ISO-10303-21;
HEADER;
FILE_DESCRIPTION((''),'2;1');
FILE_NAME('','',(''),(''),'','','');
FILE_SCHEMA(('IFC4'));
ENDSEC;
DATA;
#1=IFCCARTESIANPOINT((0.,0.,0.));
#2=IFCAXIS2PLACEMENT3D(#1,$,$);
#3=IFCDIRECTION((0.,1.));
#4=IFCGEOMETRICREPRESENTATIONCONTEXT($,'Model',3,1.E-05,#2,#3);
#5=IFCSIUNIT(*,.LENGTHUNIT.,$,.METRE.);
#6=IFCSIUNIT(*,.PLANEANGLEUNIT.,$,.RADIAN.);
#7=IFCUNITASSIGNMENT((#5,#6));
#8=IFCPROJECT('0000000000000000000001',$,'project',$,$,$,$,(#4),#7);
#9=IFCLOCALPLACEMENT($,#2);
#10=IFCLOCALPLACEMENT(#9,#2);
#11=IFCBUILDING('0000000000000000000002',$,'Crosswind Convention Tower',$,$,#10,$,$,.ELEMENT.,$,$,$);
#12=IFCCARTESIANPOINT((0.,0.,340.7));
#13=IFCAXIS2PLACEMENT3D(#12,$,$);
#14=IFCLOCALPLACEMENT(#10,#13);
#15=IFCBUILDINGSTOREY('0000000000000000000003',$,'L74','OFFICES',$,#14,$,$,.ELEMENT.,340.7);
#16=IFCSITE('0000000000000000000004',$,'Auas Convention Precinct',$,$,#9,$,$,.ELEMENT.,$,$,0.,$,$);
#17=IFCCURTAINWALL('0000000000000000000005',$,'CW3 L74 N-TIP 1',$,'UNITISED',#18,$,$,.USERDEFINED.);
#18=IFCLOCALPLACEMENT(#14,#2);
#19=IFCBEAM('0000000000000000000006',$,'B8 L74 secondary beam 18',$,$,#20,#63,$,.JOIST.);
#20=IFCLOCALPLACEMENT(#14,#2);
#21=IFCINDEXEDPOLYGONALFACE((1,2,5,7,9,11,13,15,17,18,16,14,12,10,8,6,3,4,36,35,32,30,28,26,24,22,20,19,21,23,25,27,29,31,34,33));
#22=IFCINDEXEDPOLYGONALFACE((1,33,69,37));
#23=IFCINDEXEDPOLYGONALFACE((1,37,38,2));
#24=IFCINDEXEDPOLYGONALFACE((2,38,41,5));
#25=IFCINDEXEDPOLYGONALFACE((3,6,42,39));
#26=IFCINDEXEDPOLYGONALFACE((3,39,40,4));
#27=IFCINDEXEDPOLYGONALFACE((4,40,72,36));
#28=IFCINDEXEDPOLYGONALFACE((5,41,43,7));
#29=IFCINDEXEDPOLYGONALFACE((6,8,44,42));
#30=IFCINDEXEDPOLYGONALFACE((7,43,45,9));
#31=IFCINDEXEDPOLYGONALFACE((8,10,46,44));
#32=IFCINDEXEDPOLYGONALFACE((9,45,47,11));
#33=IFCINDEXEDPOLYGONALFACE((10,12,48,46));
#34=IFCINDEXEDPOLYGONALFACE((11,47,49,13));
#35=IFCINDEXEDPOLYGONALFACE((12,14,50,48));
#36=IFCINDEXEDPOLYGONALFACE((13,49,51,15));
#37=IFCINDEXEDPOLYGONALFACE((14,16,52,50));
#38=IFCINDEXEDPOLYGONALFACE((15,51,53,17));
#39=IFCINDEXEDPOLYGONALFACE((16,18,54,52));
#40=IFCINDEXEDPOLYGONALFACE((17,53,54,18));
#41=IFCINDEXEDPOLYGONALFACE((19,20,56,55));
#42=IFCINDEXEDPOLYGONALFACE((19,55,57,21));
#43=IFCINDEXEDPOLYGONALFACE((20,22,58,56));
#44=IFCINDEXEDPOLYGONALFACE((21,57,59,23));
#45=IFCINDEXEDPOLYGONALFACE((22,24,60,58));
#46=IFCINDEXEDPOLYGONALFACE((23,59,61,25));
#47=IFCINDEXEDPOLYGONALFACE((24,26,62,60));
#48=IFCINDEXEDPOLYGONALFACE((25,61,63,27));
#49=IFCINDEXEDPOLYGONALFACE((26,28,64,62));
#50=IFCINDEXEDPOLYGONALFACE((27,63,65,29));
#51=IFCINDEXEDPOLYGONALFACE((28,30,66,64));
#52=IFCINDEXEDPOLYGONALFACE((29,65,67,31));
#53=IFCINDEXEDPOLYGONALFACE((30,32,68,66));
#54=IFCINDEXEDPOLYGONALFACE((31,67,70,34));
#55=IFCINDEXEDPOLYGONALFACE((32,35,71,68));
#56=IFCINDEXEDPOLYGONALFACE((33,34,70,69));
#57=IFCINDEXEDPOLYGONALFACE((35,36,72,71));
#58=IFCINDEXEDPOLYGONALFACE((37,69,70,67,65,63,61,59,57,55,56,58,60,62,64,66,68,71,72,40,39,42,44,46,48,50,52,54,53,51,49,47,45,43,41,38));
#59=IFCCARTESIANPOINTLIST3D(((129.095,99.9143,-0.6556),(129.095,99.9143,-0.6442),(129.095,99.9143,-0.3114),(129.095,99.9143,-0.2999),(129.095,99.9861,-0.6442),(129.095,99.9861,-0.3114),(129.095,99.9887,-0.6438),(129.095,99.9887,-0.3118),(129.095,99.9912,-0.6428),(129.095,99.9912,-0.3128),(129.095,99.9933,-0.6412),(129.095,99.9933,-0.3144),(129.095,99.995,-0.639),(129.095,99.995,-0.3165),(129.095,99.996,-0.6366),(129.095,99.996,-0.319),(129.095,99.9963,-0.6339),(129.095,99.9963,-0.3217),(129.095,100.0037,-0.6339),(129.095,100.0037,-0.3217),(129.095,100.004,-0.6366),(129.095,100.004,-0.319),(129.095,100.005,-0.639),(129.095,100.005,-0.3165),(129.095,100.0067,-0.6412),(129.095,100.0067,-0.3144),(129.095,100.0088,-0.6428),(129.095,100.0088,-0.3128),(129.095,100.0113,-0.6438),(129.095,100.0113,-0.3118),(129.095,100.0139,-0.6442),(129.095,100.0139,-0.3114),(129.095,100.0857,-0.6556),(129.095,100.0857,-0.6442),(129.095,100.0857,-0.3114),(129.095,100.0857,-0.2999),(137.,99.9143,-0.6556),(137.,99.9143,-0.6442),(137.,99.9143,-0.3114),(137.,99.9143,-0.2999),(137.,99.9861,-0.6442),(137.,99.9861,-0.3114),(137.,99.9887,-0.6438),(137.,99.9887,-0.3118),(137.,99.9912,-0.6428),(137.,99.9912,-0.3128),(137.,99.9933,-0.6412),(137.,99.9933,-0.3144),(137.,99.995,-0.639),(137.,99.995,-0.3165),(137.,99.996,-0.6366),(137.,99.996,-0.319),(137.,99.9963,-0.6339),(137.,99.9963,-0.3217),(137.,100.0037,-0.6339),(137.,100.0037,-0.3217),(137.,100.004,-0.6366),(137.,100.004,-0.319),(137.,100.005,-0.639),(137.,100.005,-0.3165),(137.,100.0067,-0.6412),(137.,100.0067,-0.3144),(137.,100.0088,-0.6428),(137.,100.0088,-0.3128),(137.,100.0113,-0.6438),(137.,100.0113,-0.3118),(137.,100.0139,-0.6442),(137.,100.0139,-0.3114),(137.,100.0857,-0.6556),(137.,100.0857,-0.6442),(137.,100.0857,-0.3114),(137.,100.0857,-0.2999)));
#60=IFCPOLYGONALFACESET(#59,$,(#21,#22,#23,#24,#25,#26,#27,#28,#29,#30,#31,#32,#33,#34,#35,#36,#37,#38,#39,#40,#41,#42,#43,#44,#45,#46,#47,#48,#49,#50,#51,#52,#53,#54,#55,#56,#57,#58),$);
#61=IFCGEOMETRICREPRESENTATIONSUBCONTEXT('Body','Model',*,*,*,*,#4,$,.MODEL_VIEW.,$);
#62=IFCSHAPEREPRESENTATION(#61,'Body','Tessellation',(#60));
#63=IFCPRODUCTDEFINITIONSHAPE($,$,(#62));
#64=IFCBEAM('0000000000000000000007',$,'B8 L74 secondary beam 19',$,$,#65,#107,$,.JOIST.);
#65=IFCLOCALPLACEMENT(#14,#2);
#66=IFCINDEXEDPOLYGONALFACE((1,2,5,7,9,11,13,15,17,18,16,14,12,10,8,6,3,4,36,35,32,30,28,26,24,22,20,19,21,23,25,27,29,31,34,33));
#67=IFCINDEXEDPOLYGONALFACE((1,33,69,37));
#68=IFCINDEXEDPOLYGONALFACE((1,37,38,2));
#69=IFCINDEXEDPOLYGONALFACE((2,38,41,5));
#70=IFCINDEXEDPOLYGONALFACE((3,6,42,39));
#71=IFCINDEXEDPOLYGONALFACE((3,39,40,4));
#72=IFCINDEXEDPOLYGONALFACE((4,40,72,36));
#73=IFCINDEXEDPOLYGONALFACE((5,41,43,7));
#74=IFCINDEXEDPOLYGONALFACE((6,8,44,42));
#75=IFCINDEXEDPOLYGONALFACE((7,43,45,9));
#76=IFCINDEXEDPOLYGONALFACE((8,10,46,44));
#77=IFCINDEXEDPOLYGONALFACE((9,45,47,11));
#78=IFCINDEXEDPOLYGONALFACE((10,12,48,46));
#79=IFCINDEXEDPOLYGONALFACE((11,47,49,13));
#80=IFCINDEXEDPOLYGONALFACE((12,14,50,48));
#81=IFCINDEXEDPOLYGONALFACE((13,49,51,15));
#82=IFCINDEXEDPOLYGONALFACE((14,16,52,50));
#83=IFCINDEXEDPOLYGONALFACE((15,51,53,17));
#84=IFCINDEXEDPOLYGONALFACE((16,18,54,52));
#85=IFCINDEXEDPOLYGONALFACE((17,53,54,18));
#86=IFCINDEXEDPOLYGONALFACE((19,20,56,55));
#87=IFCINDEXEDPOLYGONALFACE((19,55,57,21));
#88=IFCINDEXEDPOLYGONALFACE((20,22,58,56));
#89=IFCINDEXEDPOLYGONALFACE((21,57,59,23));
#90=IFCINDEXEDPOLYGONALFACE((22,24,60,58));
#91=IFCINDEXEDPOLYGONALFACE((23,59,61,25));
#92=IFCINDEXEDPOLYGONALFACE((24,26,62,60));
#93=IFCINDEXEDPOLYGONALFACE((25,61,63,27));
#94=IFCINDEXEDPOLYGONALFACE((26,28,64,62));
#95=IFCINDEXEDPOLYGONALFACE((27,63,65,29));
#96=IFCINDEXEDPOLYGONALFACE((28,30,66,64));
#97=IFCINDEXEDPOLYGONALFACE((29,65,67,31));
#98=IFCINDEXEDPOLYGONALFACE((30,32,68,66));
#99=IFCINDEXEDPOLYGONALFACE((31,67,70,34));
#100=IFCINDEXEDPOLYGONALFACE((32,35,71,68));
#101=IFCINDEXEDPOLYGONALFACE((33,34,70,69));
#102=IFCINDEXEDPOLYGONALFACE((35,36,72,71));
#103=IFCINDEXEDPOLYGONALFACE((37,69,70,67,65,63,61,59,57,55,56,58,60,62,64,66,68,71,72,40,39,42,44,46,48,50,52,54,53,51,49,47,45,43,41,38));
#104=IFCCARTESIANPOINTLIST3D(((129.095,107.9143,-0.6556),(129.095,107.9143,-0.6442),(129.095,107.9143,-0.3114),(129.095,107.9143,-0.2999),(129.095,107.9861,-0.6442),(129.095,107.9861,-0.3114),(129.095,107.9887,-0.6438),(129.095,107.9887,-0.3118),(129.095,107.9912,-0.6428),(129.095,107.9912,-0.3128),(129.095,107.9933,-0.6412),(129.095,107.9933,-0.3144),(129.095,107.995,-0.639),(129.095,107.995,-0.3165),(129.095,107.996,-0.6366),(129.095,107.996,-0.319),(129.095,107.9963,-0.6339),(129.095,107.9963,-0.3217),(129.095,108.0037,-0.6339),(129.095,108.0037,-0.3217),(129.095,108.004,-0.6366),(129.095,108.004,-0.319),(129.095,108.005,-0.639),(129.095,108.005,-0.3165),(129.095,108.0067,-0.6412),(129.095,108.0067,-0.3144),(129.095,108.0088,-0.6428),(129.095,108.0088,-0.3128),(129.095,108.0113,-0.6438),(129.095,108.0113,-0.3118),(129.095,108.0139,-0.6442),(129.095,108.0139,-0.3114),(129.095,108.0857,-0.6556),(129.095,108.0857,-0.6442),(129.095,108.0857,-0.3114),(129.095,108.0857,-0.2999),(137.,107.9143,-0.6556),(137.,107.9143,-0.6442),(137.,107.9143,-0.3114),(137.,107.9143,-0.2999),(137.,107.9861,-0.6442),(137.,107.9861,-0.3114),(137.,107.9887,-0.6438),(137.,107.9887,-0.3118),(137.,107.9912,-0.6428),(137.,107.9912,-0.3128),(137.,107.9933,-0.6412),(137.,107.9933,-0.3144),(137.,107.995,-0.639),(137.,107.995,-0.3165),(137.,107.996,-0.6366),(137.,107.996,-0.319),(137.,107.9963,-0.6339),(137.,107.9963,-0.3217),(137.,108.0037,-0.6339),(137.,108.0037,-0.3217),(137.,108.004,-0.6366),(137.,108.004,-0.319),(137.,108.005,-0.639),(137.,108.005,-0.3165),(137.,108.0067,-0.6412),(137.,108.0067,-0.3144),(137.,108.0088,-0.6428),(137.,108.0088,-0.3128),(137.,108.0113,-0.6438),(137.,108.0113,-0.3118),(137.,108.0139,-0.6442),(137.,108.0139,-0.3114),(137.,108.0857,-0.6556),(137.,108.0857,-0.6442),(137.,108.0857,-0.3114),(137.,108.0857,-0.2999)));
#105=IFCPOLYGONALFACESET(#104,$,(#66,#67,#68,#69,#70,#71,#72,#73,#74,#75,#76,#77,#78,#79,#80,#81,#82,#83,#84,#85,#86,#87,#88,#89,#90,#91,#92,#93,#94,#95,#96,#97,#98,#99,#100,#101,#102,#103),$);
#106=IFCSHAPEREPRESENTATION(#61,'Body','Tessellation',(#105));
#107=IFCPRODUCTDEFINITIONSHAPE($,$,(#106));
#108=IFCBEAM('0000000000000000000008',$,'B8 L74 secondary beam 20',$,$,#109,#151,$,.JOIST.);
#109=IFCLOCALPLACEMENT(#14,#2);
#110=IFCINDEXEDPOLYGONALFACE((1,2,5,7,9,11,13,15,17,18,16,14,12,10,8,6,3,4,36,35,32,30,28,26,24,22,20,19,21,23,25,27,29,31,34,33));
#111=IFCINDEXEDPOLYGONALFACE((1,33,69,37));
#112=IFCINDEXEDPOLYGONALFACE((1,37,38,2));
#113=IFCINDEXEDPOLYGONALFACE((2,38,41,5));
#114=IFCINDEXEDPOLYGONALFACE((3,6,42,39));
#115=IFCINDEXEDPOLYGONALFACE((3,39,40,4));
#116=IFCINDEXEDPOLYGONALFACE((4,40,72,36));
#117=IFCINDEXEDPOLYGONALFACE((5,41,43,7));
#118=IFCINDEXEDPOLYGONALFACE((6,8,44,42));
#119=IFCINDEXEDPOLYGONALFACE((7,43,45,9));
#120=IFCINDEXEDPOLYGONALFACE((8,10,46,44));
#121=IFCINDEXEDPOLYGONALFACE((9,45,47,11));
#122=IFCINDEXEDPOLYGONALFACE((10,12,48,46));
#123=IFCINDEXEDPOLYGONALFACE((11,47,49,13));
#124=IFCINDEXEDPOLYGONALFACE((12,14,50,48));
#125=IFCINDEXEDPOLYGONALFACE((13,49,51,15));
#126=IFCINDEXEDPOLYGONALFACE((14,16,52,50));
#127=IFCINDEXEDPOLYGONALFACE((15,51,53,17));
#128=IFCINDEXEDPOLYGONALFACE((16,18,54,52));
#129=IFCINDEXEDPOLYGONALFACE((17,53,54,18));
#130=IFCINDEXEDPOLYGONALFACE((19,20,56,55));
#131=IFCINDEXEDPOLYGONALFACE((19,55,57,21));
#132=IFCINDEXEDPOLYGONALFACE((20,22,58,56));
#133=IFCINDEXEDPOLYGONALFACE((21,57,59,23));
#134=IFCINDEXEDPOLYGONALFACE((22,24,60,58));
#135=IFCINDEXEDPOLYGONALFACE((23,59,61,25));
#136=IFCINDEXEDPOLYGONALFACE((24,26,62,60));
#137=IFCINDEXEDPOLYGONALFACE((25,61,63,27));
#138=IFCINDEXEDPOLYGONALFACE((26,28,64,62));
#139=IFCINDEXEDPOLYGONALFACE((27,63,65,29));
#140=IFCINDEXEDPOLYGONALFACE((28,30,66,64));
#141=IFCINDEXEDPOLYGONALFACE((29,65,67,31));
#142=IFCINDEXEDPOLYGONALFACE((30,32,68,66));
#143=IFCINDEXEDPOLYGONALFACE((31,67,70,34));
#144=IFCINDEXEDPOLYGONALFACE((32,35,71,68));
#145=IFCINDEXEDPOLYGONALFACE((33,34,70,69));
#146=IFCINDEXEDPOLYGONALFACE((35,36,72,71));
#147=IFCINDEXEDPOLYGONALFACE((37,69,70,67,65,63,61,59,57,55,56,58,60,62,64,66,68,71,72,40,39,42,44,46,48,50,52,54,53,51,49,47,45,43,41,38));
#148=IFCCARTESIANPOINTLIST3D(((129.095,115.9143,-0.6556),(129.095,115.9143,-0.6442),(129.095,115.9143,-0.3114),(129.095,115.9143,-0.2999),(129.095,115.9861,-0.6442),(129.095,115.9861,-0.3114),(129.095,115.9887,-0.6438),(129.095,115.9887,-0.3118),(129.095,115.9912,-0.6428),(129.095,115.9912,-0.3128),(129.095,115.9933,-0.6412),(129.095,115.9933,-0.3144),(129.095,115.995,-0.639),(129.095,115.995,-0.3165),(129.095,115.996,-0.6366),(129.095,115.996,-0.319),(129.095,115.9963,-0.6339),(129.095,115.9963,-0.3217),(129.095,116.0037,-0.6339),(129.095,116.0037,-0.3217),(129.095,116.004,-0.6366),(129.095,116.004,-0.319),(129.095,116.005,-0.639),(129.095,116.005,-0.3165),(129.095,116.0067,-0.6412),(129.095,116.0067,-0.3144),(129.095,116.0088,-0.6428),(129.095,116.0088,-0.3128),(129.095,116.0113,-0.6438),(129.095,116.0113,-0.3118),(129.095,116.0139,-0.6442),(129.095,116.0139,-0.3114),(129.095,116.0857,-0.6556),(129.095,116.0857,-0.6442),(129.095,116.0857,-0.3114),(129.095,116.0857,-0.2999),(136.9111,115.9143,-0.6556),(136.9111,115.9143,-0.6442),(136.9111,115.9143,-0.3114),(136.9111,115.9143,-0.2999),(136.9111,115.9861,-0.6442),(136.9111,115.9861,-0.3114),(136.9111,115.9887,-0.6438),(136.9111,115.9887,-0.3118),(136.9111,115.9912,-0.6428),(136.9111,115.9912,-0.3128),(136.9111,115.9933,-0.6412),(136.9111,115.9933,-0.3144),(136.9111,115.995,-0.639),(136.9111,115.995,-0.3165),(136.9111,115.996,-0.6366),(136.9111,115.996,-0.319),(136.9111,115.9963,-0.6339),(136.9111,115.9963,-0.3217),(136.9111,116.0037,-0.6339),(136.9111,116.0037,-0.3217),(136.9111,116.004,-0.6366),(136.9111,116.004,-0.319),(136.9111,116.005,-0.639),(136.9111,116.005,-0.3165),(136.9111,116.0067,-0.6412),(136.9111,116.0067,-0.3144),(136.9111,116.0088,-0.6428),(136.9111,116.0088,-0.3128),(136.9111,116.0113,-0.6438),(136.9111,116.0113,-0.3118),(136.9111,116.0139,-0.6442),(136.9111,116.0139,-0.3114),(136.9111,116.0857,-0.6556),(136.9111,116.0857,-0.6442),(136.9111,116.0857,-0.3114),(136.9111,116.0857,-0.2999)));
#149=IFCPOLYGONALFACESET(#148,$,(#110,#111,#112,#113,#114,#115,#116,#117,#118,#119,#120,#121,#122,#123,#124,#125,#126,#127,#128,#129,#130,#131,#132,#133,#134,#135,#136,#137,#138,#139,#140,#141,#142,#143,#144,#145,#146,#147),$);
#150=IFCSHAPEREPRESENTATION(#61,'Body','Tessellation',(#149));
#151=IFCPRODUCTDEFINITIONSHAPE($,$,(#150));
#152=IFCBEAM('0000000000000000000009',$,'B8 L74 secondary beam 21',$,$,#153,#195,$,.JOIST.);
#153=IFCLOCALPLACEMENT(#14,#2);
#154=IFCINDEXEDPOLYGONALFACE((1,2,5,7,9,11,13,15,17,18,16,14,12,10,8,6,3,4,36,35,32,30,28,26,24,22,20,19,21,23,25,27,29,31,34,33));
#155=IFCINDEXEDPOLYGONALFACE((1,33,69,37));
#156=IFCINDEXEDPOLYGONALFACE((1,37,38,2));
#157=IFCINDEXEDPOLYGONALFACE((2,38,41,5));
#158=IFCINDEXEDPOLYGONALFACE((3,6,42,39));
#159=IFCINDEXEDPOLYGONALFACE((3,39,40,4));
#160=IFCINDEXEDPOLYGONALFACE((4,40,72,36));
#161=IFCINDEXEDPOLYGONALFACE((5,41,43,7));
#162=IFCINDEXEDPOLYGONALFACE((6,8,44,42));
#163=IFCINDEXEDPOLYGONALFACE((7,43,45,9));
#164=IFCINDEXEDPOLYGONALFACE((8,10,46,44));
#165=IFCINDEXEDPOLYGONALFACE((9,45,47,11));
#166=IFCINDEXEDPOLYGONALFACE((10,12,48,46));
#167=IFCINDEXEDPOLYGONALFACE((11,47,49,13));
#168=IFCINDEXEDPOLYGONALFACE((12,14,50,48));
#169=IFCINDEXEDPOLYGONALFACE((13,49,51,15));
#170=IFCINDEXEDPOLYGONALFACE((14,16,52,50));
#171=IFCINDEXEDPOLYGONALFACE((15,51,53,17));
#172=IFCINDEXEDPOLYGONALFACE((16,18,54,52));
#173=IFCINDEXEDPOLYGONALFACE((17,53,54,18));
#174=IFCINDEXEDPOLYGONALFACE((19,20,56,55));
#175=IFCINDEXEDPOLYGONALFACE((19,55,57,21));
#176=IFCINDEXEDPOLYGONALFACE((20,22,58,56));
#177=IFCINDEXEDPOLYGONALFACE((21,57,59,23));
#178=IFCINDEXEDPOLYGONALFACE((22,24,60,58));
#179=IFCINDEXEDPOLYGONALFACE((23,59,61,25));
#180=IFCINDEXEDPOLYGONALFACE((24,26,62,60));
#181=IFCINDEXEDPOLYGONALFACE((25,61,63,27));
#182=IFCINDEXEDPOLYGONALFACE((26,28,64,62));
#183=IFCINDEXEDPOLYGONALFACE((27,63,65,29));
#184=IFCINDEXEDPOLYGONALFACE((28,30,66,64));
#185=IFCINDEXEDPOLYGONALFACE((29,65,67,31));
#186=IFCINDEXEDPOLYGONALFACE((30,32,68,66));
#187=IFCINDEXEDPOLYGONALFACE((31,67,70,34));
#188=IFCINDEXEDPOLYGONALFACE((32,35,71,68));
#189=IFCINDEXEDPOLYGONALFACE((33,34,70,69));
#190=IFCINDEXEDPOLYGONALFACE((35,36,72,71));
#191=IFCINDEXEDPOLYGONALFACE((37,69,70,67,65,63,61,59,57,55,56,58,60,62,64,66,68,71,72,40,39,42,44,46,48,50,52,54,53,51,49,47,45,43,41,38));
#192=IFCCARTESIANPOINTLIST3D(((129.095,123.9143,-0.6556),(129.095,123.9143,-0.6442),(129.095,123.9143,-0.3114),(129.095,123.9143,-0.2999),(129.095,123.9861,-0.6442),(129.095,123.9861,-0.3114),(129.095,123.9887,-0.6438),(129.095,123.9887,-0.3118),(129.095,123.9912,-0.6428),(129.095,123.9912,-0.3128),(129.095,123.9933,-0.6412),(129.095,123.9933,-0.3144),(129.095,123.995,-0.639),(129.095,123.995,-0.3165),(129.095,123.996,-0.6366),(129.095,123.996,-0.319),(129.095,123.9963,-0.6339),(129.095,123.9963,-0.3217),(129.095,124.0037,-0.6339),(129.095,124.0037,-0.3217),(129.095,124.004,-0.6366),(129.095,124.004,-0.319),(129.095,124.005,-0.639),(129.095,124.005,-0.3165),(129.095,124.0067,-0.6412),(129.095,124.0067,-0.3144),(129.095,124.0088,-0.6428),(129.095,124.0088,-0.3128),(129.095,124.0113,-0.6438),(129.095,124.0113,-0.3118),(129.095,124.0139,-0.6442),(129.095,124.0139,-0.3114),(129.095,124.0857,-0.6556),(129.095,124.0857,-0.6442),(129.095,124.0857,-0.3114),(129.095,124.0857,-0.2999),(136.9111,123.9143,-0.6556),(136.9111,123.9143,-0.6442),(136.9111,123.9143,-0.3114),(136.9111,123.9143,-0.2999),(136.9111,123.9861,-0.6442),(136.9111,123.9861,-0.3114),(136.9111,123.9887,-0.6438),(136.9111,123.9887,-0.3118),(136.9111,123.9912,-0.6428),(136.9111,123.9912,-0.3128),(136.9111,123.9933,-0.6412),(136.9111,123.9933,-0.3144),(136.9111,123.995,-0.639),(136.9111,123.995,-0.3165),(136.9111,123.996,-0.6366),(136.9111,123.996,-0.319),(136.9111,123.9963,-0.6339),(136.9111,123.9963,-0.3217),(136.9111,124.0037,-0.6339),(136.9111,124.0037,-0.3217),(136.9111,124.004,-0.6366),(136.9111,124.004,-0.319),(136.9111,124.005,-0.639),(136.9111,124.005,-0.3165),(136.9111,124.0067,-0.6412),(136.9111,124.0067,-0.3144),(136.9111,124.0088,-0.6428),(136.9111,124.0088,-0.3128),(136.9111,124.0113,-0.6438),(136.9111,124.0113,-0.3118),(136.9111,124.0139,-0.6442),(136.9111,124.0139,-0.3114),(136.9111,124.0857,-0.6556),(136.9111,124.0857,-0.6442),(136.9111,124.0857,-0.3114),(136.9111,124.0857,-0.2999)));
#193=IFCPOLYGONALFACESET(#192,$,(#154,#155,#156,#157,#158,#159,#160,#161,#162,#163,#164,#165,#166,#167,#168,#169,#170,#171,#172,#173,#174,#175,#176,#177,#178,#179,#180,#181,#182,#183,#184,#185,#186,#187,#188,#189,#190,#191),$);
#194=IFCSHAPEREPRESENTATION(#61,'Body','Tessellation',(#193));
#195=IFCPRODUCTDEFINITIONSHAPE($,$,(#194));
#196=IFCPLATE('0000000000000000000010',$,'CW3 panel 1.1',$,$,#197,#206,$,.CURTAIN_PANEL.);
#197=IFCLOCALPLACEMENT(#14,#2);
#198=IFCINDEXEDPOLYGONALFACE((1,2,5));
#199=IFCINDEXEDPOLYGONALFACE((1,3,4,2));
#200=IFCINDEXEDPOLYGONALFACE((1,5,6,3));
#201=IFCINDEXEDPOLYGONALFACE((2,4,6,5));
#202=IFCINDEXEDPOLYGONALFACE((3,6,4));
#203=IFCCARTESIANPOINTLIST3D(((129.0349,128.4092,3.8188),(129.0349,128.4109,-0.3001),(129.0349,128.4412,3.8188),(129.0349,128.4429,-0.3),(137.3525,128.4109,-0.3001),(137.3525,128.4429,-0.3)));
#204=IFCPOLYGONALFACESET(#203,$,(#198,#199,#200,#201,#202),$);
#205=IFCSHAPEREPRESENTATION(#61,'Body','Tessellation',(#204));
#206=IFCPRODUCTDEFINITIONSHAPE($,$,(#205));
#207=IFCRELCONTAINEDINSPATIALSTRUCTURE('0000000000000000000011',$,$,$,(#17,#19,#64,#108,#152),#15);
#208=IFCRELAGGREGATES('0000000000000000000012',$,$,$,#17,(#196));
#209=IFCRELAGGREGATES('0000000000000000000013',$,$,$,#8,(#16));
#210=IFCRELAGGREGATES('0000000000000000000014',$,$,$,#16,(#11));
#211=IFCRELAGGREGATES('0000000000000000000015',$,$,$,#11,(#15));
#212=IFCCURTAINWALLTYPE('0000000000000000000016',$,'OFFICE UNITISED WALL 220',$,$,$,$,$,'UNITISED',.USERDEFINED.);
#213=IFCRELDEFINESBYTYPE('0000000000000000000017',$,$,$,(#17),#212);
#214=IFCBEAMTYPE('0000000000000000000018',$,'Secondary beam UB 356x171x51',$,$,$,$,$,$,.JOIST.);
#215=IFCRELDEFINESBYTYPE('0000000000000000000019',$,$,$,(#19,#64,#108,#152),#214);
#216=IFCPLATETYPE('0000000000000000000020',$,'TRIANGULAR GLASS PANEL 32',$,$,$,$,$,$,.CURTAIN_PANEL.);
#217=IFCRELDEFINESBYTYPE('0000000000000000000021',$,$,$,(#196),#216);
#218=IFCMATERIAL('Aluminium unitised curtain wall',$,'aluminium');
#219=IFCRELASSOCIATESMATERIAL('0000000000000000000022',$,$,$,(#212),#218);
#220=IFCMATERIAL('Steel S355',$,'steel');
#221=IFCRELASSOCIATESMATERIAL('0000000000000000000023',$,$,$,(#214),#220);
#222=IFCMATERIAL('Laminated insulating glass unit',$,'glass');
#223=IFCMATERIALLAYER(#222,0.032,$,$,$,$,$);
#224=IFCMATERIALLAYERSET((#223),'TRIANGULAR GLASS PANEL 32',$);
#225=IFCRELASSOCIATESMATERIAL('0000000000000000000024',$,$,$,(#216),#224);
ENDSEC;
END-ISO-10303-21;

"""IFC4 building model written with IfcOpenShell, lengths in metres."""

from ifc_helpers import new_model, si_unit, direction, frame, origin, origin_2d, place, context, subcontext, project, spatial, polyline, i_section, outline, extrude, material, layer, layer_set, material_profile, profile_set, type_object, element, aggregate, save


model = new_model("IFC4")

# Units and contexts
model_context = context("Model", 3, precision=1e-05, world=origin(), true_north=direction((0.0, 1.0)))
body_context = subcontext(model_context, "Body", "Model", "MODEL_VIEW")
ifc_project = project(units=[si_unit("LENGTHUNIT", "METRE"), si_unit("PLANEANGLEUNIT", "RADIAN")], contexts=[model_context])

# Site, building, storey
site_placement = place(None, origin())
site = spatial("IfcSite", under=ifc_project, at=site_placement, Name="Auas Convention Precinct", CompositionType="ELEMENT", RefElevation=0.0)
building_placement = place(site_placement, origin())
building = spatial("IfcBuilding", under=site, at=building_placement, Name="Crosswind Convention Tower", CompositionType="ELEMENT")
storey_placement = place(building_placement, frame((0.0, 0.0, 340.7)))
storey = spatial("IfcBuildingStorey", under=building, at=storey_placement, Name="L74", Description="OFFICES", CompositionType="ELEMENT", Elevation=340.7)

# Shared definitions
ifc_material_1 = material(Name="Steel S355", Category="steel")

# Curtain wall
ifc_material_2 = material(Name="Aluminium unitised curtain wall", Category="aluminium")
curtain_wall_type = type_object("IfcCurtainWallType", Name="OFFICE UNITISED WALL 220", ElementType="UNITISED", PredefinedType="USERDEFINED", material=ifc_material_2)
curtain_wall_placement = place(storey_placement, origin())
curtain_wall = element("IfcCurtainWall", 1, at=curtain_wall_placement, inside=storey, type_object=curtain_wall_type, Name="CW3 L74 N-TIP 1", ObjectType="UNITISED", PredefinedType="USERDEFINED")

# Beams
ifc_material_profile_1 = material_profile(ifc_material_1, i_section(OverallWidth=0.1714, OverallDepth=0.3557, WebThickness=0.0073, FlangeThickness=0.0115, FilletRadius=0.0103, at=origin_2d()), Name="UB 356x171x51")
ifc_profile_set_1 = profile_set([ifc_material_profile_1], Name="Steel S355")
beam_type_1 = type_object("IfcBeamType", Name="Secondary beam UB 356x171x51", PredefinedType="JOIST", material=ifc_profile_set_1)
for number, where, z_axis, x_axis, name in (
    (2, (129.095, 100.0, -0.4778), (1.0, 0.0, 0.0), (0.0, 1.0, 0.0), "B8 L74 secondary beam 18"),
    (3, (129.095, 108.0, -0.4778), (1.0, 0.0, 0.0), (0.0, 1.0, 0.0), "B8 L74 secondary beam 19"),
):
    element("IfcBeam", number, at=place(storey_placement, frame(where, z_axis=z_axis, x_axis=x_axis)), inside=storey, type_object=beam_type_1, Name=name, PredefinedType="JOIST", context=body_context, shape_type="SweptSolid", body=[
        extrude(i_section(OverallWidth=0.1714, OverallDepth=0.3557, WebThickness=0.0073, FlangeThickness=0.0115, FilletRadius=0.0103, at=origin_2d()), origin(), (0.0, 0.0, 1.0), 7.905),
    ])
for number, where, z_axis, x_axis, name in (
    (4, (129.095, 116.0, -0.4778), (1.0, 0.0, 0.0), (0.0, 1.0, 0.0), "B8 L74 secondary beam 20"),
    (5, (129.095, 124.0, -0.4778), (1.0, 0.0, 0.0), (0.0, 1.0, 0.0), "B8 L74 secondary beam 21"),
):
    element("IfcBeam", number, at=place(storey_placement, frame(where, z_axis=z_axis, x_axis=x_axis)), inside=storey, type_object=beam_type_1, Name=name, PredefinedType="JOIST", context=body_context, shape_type="SweptSolid", body=[
        extrude(i_section(OverallWidth=0.1714, OverallDepth=0.3557, WebThickness=0.0073, FlangeThickness=0.0115, FilletRadius=0.0103, at=origin_2d()), origin(), (0.0, 0.0, 1.0), 7.8162),
    ])

# Plate
ifc_material_3 = material(Name="Laminated insulating glass unit", Category="glass")
ifc_layer_1 = layer(ifc_material_3, 0.032)
ifc_layer_set_1 = layer_set([ifc_layer_1], Name="TRIANGULAR GLASS PANEL 32")
plate_type = type_object("IfcPlateType", Name="TRIANGULAR GLASS PANEL 32", PredefinedType="CURTAIN_PANEL", material=ifc_layer_set_1)
plate_1_placement = place(storey_placement, frame((129.0349, 128.4429, -0.3), z_axis=(0.0, 1.0, 0.000415), x_axis=(0.0, -0.000415, 1.0)))
plate_1 = element("IfcPlate", 6, at=plate_1_placement, type_object=plate_type, Name="CW3 panel 1.1", PredefinedType="CURTAIN_PANEL", context=body_context, shape_type="SweptSolid", body=[
    extrude(outline(polyline([(0.0, 0.0), (4.1189, 0.0), (0.0, 8.3176), (0.0, 0.0)])), origin(), (0.0, 0.0, -1.0), 0.032),
])
aggregate(curtain_wall, [plate_1])

save(model, "model.ifc")
